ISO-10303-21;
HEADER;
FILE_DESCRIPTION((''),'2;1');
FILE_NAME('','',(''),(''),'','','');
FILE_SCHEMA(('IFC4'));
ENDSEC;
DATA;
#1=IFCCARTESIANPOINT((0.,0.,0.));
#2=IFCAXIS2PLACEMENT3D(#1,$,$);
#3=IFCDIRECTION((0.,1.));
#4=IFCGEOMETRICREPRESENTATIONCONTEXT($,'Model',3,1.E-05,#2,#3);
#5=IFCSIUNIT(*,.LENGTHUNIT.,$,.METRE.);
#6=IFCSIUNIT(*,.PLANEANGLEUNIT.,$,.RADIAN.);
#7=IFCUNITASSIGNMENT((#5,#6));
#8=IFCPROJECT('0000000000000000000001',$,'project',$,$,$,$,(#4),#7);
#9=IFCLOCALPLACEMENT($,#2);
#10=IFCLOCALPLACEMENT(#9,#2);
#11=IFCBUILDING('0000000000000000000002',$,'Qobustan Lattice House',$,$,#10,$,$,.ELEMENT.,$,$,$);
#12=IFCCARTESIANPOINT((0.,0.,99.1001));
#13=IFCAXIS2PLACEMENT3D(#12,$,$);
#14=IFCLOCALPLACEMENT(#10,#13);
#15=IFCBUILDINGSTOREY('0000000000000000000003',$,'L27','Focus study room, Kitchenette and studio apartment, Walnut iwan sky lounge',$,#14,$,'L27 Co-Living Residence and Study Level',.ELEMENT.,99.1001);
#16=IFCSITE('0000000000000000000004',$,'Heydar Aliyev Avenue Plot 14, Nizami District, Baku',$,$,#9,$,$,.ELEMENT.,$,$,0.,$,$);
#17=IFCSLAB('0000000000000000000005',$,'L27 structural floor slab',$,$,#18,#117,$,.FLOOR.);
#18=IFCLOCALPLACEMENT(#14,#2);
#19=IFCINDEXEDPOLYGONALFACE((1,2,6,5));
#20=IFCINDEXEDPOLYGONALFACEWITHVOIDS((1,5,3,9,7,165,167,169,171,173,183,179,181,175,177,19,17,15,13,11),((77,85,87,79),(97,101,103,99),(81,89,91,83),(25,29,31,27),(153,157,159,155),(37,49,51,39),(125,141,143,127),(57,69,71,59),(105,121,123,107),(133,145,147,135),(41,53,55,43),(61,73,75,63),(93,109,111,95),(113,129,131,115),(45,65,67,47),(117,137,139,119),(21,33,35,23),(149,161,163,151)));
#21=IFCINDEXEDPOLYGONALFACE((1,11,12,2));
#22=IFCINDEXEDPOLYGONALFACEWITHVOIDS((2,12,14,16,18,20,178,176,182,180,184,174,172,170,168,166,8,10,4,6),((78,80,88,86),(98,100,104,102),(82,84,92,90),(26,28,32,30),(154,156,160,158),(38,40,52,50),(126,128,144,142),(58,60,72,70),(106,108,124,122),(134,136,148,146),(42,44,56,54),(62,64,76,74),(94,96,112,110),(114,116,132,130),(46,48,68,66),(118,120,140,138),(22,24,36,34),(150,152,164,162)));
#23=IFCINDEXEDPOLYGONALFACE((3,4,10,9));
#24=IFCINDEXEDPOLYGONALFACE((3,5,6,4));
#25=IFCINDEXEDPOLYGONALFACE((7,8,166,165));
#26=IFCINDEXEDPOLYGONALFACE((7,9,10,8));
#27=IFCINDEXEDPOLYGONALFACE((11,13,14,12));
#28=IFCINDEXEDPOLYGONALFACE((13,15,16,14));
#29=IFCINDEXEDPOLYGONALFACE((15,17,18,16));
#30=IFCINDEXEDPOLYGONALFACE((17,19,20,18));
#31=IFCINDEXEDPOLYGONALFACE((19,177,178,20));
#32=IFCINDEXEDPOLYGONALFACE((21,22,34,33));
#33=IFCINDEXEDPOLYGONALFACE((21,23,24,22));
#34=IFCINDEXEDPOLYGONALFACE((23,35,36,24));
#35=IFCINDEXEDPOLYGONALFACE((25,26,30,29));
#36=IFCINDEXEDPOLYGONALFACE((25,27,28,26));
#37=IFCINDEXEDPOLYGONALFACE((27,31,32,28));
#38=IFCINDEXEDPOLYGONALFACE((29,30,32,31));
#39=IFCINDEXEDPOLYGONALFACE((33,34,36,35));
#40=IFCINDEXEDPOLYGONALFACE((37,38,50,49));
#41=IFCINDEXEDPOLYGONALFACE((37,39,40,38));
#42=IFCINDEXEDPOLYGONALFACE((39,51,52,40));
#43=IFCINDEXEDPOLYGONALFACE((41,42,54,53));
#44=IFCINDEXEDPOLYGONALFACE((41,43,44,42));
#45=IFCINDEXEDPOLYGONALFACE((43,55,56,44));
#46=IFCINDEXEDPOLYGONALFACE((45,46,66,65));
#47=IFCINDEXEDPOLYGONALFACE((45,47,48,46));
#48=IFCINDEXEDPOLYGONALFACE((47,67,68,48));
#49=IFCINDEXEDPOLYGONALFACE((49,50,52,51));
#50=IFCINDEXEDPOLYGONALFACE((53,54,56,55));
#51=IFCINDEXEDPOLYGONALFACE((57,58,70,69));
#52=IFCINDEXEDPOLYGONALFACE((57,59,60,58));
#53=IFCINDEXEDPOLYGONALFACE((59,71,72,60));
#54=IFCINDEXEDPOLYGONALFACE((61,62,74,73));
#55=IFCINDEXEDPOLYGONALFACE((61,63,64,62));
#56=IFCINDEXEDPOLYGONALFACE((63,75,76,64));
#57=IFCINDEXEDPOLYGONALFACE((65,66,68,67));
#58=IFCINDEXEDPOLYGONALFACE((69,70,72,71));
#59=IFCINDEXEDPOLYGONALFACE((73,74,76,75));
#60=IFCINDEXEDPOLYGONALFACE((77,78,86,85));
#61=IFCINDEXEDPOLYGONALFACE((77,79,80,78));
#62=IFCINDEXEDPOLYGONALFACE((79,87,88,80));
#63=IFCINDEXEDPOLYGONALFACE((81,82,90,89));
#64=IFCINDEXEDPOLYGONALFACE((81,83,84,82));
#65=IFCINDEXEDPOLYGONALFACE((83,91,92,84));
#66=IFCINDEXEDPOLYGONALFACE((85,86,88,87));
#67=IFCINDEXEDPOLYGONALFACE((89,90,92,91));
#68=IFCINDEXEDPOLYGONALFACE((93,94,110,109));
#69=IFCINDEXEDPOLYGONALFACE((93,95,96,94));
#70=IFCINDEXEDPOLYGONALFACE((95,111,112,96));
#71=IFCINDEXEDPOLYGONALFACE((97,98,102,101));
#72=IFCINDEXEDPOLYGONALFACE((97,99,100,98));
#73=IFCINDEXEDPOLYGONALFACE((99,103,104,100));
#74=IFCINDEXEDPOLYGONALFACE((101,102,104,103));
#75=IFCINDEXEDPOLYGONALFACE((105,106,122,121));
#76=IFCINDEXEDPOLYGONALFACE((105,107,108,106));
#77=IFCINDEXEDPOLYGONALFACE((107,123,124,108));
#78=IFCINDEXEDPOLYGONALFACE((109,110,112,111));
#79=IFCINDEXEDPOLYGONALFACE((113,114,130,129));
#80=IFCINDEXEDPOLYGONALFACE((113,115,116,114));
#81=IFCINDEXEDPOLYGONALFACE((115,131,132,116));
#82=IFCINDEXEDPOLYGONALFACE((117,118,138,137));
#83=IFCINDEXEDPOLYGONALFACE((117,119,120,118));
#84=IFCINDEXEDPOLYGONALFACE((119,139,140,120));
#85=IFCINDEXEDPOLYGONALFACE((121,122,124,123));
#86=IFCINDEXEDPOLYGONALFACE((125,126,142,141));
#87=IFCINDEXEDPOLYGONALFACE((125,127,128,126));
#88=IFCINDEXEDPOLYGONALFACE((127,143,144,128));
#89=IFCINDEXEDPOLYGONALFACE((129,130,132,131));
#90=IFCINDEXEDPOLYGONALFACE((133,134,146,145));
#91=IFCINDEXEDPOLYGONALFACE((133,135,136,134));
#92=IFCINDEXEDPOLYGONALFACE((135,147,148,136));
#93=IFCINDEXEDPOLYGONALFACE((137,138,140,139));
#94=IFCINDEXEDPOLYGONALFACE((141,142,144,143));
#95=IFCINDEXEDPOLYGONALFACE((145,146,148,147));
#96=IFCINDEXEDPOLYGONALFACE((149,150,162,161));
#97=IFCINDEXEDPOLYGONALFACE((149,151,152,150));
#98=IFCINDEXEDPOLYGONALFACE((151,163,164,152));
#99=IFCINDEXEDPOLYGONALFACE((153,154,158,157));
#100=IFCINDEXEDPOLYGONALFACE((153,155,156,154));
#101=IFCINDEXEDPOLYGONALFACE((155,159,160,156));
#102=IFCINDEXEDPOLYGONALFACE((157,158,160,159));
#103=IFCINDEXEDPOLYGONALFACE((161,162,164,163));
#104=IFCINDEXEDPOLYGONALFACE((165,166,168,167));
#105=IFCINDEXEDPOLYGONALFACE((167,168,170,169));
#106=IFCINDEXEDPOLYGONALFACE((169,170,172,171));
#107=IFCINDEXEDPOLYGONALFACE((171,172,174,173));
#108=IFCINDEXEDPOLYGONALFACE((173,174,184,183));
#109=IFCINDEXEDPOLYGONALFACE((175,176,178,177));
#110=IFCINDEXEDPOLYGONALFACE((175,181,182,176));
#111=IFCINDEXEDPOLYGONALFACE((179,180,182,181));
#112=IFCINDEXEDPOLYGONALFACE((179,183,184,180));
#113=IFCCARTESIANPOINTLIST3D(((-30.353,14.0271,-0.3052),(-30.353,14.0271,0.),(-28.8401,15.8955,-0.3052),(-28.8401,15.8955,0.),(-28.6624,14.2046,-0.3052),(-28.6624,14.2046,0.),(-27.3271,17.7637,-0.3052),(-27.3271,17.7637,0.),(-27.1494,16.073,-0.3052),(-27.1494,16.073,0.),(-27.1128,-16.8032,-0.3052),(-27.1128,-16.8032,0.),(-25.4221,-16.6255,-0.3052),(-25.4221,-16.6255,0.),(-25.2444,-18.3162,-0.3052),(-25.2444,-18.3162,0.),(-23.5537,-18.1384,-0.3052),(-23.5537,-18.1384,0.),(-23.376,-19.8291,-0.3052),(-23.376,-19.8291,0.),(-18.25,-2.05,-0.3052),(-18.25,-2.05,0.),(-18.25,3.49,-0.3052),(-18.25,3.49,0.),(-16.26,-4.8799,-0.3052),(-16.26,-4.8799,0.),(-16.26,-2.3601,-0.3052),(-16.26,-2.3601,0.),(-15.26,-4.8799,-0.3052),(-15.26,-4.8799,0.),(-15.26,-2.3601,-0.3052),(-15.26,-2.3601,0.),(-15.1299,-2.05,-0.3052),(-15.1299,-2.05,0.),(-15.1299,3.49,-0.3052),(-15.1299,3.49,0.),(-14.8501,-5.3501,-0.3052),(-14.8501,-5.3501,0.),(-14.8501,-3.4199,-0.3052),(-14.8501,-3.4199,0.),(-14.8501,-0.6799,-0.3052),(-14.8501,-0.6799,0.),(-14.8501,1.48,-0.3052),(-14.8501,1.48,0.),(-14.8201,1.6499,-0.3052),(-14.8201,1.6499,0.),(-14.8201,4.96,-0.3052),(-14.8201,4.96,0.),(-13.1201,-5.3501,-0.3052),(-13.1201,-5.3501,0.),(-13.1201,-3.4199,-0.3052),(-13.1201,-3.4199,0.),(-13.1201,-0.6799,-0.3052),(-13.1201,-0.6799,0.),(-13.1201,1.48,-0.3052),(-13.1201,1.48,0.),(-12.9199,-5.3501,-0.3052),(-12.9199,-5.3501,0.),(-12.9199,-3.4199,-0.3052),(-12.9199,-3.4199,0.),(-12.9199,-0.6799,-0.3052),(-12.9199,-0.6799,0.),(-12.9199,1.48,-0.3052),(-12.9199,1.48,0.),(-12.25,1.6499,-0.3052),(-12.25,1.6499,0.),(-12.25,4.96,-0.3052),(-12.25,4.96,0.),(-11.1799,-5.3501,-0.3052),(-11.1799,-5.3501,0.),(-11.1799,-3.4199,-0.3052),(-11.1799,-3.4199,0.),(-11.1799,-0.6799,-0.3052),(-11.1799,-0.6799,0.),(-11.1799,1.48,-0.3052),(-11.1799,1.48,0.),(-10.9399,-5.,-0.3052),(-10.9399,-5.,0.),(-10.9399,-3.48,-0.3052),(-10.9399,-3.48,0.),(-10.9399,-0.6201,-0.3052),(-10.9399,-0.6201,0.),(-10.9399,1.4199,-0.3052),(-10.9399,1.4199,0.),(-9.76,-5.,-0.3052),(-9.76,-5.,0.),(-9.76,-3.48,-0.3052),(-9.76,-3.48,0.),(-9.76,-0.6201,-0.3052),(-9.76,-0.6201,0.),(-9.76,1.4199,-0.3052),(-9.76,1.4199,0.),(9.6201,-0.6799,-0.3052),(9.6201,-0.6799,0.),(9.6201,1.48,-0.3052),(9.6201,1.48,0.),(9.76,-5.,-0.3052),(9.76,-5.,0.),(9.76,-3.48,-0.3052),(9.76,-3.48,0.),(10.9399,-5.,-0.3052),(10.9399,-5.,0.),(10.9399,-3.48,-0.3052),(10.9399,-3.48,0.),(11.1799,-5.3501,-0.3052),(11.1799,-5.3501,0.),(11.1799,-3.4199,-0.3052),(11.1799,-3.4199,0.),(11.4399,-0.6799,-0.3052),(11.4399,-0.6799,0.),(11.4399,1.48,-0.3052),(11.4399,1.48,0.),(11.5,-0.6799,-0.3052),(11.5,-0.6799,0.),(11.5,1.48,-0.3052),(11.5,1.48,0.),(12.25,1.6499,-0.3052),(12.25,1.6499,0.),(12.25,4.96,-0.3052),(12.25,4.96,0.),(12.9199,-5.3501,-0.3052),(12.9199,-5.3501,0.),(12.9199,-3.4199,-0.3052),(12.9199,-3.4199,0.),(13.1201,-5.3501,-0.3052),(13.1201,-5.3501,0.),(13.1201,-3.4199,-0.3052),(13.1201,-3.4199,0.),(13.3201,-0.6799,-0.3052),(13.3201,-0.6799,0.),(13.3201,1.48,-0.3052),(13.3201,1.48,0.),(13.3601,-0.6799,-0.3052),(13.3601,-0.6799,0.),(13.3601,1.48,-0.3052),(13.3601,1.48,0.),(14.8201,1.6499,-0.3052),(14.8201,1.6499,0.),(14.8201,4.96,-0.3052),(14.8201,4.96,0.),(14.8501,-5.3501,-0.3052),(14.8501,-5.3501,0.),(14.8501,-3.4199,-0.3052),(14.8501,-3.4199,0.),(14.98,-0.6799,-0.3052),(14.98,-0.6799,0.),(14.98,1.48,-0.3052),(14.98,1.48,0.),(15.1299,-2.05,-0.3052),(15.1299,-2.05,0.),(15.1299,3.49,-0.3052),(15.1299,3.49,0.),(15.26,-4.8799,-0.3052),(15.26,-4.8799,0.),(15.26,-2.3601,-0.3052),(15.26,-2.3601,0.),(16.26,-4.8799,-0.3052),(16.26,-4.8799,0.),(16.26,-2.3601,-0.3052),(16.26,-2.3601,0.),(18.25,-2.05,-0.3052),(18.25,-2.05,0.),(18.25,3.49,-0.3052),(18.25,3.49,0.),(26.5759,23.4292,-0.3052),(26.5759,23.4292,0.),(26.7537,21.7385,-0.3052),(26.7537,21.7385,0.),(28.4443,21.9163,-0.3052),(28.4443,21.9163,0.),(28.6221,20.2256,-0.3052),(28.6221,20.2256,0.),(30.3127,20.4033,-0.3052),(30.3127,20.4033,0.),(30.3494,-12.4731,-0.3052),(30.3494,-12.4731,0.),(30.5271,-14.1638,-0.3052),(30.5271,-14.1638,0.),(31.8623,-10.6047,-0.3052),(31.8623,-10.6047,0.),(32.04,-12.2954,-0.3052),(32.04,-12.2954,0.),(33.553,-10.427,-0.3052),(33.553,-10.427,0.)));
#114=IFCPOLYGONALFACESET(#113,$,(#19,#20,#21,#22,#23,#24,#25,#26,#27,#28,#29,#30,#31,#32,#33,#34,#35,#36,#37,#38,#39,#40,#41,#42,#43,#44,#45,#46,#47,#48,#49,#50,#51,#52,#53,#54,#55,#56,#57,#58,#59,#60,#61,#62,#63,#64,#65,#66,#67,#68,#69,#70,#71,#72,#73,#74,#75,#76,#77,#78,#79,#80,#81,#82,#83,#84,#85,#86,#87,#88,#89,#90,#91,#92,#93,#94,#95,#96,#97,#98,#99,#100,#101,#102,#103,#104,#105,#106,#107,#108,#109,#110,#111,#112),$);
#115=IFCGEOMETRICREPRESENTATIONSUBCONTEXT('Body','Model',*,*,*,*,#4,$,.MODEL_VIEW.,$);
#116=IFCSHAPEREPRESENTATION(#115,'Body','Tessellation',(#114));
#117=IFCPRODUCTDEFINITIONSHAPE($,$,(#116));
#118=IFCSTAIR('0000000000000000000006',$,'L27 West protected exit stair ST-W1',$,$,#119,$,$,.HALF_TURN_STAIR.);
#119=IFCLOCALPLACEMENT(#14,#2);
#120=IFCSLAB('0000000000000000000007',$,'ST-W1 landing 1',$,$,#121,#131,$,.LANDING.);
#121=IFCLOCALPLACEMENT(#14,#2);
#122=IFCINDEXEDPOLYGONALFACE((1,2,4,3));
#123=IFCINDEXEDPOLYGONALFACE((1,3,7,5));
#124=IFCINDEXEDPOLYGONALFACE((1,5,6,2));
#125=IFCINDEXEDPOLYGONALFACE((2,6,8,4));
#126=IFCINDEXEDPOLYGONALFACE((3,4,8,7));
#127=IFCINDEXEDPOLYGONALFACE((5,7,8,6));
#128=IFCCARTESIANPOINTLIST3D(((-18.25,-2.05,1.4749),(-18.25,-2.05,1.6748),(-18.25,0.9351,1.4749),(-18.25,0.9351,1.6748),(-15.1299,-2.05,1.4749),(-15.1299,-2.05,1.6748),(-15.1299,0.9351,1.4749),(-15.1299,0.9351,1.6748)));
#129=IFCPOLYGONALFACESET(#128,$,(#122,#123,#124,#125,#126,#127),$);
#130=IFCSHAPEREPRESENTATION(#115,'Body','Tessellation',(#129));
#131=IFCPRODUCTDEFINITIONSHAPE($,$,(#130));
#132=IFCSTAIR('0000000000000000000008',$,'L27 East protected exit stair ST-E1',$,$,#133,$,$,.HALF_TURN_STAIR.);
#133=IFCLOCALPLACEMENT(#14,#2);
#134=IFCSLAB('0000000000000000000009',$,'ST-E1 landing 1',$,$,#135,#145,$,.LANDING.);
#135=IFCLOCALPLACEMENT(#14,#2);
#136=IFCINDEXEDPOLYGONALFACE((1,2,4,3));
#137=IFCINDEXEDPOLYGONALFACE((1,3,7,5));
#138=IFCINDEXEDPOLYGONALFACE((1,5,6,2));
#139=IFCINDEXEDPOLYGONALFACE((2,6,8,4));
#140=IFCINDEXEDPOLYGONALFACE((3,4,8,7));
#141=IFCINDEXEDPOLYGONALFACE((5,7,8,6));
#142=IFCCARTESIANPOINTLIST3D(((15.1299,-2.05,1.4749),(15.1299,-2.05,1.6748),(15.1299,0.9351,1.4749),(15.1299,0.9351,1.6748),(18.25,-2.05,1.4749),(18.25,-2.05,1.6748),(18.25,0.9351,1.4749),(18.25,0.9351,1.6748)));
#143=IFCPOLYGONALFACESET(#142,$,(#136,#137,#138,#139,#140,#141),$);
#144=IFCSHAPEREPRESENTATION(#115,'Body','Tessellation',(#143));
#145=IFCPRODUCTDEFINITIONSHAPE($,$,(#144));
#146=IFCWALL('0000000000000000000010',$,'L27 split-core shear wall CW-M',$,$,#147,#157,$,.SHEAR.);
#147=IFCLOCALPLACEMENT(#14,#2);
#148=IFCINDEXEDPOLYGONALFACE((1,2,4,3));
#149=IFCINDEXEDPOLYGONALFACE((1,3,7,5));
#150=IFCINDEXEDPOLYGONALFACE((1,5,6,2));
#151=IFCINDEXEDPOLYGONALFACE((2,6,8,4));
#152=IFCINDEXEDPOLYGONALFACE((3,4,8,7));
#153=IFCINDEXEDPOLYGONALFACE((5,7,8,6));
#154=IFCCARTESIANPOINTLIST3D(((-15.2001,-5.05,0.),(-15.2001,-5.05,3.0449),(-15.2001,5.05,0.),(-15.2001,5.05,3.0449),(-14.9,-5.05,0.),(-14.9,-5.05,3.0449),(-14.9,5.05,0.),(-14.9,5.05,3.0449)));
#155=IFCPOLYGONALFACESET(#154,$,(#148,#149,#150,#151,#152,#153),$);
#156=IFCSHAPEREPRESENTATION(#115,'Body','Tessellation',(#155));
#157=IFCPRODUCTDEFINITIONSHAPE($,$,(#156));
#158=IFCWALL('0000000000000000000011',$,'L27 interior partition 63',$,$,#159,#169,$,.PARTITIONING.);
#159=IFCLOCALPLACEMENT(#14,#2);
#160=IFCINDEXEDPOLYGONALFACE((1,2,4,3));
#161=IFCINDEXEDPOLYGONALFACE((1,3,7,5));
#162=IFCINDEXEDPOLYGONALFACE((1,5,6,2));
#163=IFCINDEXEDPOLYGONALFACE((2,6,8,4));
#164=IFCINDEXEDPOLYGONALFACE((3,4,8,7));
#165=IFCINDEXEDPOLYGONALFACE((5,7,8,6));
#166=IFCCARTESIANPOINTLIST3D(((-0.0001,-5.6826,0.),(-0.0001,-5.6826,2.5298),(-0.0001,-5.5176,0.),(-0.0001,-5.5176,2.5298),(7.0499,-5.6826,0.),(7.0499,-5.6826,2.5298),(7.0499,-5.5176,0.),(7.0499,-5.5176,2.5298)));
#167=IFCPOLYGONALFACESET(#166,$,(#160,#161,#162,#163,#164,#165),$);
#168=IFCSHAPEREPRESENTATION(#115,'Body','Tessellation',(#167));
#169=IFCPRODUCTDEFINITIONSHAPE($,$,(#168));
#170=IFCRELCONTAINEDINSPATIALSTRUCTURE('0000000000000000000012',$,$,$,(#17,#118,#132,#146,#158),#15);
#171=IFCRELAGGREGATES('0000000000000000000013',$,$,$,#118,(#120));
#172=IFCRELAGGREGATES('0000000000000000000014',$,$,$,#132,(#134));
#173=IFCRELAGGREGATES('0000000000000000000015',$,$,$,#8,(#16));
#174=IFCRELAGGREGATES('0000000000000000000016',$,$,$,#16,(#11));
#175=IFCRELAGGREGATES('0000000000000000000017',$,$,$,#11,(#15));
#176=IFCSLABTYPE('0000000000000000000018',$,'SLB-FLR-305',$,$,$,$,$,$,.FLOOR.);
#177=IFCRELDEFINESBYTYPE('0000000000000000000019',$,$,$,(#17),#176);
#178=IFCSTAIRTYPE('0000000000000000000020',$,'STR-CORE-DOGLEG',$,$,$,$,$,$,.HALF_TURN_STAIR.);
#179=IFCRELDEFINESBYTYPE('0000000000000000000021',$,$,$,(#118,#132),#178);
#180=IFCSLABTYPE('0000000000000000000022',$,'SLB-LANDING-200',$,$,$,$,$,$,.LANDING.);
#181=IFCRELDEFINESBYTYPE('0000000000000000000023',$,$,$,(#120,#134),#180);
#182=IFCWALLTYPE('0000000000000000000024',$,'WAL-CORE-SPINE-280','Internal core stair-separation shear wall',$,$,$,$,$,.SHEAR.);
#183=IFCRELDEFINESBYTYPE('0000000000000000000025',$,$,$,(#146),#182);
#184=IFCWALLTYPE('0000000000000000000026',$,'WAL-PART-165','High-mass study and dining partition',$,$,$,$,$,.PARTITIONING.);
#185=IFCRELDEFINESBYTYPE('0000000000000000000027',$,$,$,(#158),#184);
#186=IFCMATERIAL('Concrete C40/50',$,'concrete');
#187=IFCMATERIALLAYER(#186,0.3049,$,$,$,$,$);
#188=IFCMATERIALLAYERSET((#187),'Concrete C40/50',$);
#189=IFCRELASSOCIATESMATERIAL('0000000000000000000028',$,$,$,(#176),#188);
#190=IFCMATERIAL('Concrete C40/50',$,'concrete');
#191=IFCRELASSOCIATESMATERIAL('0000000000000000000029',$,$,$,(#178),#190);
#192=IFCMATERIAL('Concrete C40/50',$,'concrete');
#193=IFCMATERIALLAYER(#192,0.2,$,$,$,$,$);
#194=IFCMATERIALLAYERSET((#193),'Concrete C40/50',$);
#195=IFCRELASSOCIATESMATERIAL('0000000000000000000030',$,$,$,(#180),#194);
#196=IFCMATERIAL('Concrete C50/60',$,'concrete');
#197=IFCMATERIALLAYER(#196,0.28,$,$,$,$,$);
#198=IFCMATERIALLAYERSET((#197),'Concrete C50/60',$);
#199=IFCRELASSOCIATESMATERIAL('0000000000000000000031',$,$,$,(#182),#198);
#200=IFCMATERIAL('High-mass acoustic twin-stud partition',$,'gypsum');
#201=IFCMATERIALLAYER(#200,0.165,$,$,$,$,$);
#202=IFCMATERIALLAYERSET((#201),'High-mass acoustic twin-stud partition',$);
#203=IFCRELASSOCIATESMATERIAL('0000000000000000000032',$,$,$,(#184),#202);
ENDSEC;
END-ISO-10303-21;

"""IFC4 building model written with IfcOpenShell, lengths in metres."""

from ifc_helpers import new_model, si_unit, direction, frame, frame_2d, origin, place, context, subcontext, project, spatial, polyline, rectangle, outline, extrude, material, layer, layer_set, type_object, element, aggregate, save


model = new_model("IFC4")

# Units and contexts
model_context = context("Model", 3, precision=1e-05, world=origin(), true_north=direction((0.0, 1.0)))
body_context = subcontext(model_context, "Body", "Model", "MODEL_VIEW")
ifc_project = project(units=[si_unit("LENGTHUNIT", "METRE"), si_unit("PLANEANGLEUNIT", "RADIAN")], contexts=[model_context])

# Site, building, storey
site_placement = place(None, origin())
site = spatial("IfcSite", under=ifc_project, at=site_placement, Name="Heydar Aliyev Avenue Plot 14, Nizami District, Baku", CompositionType="ELEMENT", RefElevation=0.0)
building_placement = place(site_placement, origin())
building = spatial("IfcBuilding", under=site, at=building_placement, Name="Qobustan Lattice House", CompositionType="ELEMENT")
storey_placement = place(building_placement, frame((0.0, 0.0, 99.1001)))
storey = spatial("IfcBuildingStorey", under=building, at=storey_placement, Name="L27", Description="Focus study room, Kitchenette and studio apartment, Walnut iwan sky lounge", LongName="L27 Co-Living Residence and Study Level", CompositionType="ELEMENT", Elevation=99.1001)

# Slab
ifc_material_1 = material(Name="Concrete C40/50", Category="concrete")
ifc_layer_1 = layer(ifc_material_1, 0.3049)
ifc_layer_set_1 = layer_set([ifc_layer_1], Name="Concrete C40/50")
slab_type_1 = type_object("IfcSlabType", Name="SLB-FLR-305", PredefinedType="FLOOR", material=ifc_layer_set_1)
slab_1_placement = place(storey_placement, frame((0.0, 0.0, -0.3052)))
element("IfcSlab", 1, at=slab_1_placement, inside=storey, type_object=slab_type_1, Name="L27 structural floor slab", PredefinedType="FLOOR", context=body_context, shape_type="SweptSolid", body=[
    extrude(outline(polyline([(-23.376, -19.8291), (30.5271, -14.1638), (30.3494, -12.4731), (32.04, -12.2954), (31.8623, -10.6047), (33.553, -10.427), (30.3127, 20.4033), (28.6221, 20.2256), (28.4443, 21.9163), (26.7537, 21.7385), (26.5759, 23.4292), (-27.3271, 17.7637), (-27.1494, 16.073), (-28.8401, 15.8955), (-28.6624, 14.2046), (-30.353, 14.0271), (-27.1128, -16.8032), (-25.4221, -16.6255), (-25.2444, -18.3162), (-23.5537, -18.1384), (-23.376, -19.8291)]), holes=[polyline([(-18.25, -2.05), (-18.25, 3.49), (-15.1299, 3.49), (-15.1299, -2.05), (-18.25, -2.05)]), polyline([(15.1299, -2.05), (15.1299, 3.49), (18.25, 3.49), (18.25, -2.05), (15.1299, -2.05)]), polyline([(-14.8201, 1.6499), (-14.8201, 4.96), (-12.25, 4.96), (-12.25, 1.6499), (-14.8201, 1.6499)]), polyline([(12.25, 1.6499), (12.25, 4.96), (14.8201, 4.96), (14.8201, 1.6499), (12.25, 1.6499)]), polyline([(-16.26, -4.8799), (-16.26, -2.3601), (-15.26, -2.3601), (-15.26, -4.8799), (-16.26, -4.8799)]), polyline([(15.26, -4.8799), (15.26, -2.3601), (16.26, -2.3601), (16.26, -4.8799), (15.26, -4.8799)]), polyline([(-14.8501, -5.3501), (-14.8501, -3.4199), (-13.1201, -3.4199), (-13.1201, -5.3501), (-14.8501, -5.3501)]), polyline([(-12.9199, -5.3501), (-12.9199, -3.4199), (-11.1799, -3.4199), (-11.1799, -5.3501), (-12.9199, -5.3501)]), polyline([(-14.8501, -0.6799), (-14.8501, 1.48), (-13.1201, 1.48), (-13.1201, -0.6799), (-14.8501, -0.6799)]), polyline([(-12.9199, -0.6799), (-12.9199, 1.48), (-11.1799, 1.48), (-11.1799, -0.6799), (-12.9199, -0.6799)]), polyline([(-10.9399, -5.0), (-10.9399, -3.48), (-9.76, -3.48), (-9.76, -5.0), (-10.9399, -5.0)]), polyline([(-10.9399, -0.6201), (-10.9399, 1.4199), (-9.76, 1.4199), (-9.76, -0.6201), (-10.9399, -0.6201)]), polyline([(11.1799, -5.3501), (11.1799, -3.4199), (12.9199, -3.4199), (12.9199, -5.3501), (11.1799, -5.3501)]), polyline([(13.1201, -5.3501), (13.1201, -3.4199), (14.8501, -3.4199), (14.8501, -5.3501), (13.1201, -5.3501)]), polyline([(9.76, -5.0), (9.76, -3.48), (10.9399, -3.48), (10.9399, -5.0), (9.76, -5.0)]), polyline([(13.3601, -0.6799), (13.3601, 1.48), (14.98, 1.48), (14.98, -0.6799), (13.3601, -0.6799)]), polyline([(9.6201, -0.6799), (9.6201, 1.48), (11.4399, 1.48), (11.4399, -0.6799), (9.6201, -0.6799)]), polyline([(11.5, -0.6799), (11.5, 1.48), (13.3201, 1.48), (13.3201, -0.6799), (11.5, -0.6799)])]), origin(), (0.0, 0.0, 1.0), 0.3052),
])

# Stairs, slabs
ifc_material_2 = material(Name="Concrete C40/50", Category="concrete")
stair_type = type_object("IfcStairType", Name="STR-CORE-DOGLEG", PredefinedType="HALF_TURN_STAIR", material=ifc_material_2)
stair_1_placement = place(storey_placement, origin())
stair_1 = element("IfcStair", 2, at=stair_1_placement, inside=storey, type_object=stair_type, Name="L27 West protected exit stair ST-W1", PredefinedType="HALF_TURN_STAIR")
ifc_material_3 = material(Name="Concrete C40/50", Category="concrete")
ifc_layer_2 = layer(ifc_material_3, 0.2)
ifc_layer_set_2 = layer_set([ifc_layer_2], Name="Concrete C40/50")
slab_type_2 = type_object("IfcSlabType", Name="SLB-LANDING-200", PredefinedType="LANDING", material=ifc_layer_set_2)
slab_2_placement = place(storey_placement, frame((0.0, 0.0, 1.4749)))
slab_2 = element("IfcSlab", 3, at=slab_2_placement, type_object=slab_type_2, Name="ST-W1 landing 1", PredefinedType="LANDING", context=body_context, shape_type="SweptSolid", body=[
    extrude(outline(polyline([(-18.25, 0.9351), (-18.25, -2.05), (-15.1299, -2.05), (-15.1299, 0.9351), (-18.25, 0.9351)])), origin(), (0.0, 0.0, 1.0), 0.2),
])
aggregate(stair_1, [slab_2])
stair_2_placement = place(storey_placement, origin())
stair_2 = element("IfcStair", 4, at=stair_2_placement, inside=storey, type_object=stair_type, Name="L27 East protected exit stair ST-E1", PredefinedType="HALF_TURN_STAIR")
slab_3_placement = place(storey_placement, frame((0.0, 0.0, 1.4749)))
slab_3 = element("IfcSlab", 5, at=slab_3_placement, type_object=slab_type_2, Name="ST-E1 landing 1", PredefinedType="LANDING", context=body_context, shape_type="SweptSolid", body=[
    extrude(outline(polyline([(15.1299, 0.9351), (15.1299, -2.05), (18.25, -2.05), (18.25, 0.9351), (15.1299, 0.9351)])), origin(), (0.0, 0.0, 1.0), 0.2),
])
aggregate(stair_2, [slab_3])

# Wall
ifc_material_4 = material(Name="Concrete C50/60", Category="concrete")
ifc_layer_3 = layer(ifc_material_4, 0.28)
ifc_layer_set_3 = layer_set([ifc_layer_3], Name="Concrete C50/60")
wall_type_1 = type_object("IfcWallType", Name="WAL-CORE-SPINE-280", Description="Internal core stair-separation shear wall", PredefinedType="SHEAR", material=ifc_layer_set_3)
wall_1_placement = place(storey_placement, frame((-15.05, -5.05, 0.0), z_axis=(0.0, 0.0, 1.0), x_axis=(0.0, 1.0, 0.0)))
element("IfcWall", 6, at=wall_1_placement, inside=storey, type_object=wall_type_1, Name="L27 split-core shear wall CW-M", PredefinedType="SHEAR", context=body_context, shape_type="SweptSolid", body=[
    extrude(rectangle(XDim=10.1001, YDim=0.3, at=frame_2d((5.05, 0.0))), origin(), (0.0, 0.0, 1.0), 3.0449),
])

# Shared definitions
ifc_material_5 = material(Name="High-mass acoustic twin-stud partition", Category="gypsum")
ifc_layer_4 = layer(ifc_material_5, 0.165)
ifc_layer_set_4 = layer_set([ifc_layer_4], Name="High-mass acoustic twin-stud partition")
wall_type_2 = type_object("IfcWallType", Name="WAL-PART-165", Description="High-mass study and dining partition", PredefinedType="PARTITIONING", material=ifc_layer_set_4)

# Wall
wall_2_placement = place(storey_placement, frame((0.0, -5.6001, 0.0), z_axis=(0.0, 0.0, 1.0), x_axis=(1.0, 0.0, 0.0)))
element("IfcWall", 7, at=wall_2_placement, inside=storey, type_object=wall_type_2, Name="L27 interior partition 63", PredefinedType="PARTITIONING", context=body_context, shape_type="SweptSolid", body=[
    extrude(rectangle(XDim=7.05, YDim=0.165, at=frame_2d((3.5249, 0.0))), origin(), (0.0, 0.0, 1.0), 2.5298),
])

save(model, "model.ifc")
